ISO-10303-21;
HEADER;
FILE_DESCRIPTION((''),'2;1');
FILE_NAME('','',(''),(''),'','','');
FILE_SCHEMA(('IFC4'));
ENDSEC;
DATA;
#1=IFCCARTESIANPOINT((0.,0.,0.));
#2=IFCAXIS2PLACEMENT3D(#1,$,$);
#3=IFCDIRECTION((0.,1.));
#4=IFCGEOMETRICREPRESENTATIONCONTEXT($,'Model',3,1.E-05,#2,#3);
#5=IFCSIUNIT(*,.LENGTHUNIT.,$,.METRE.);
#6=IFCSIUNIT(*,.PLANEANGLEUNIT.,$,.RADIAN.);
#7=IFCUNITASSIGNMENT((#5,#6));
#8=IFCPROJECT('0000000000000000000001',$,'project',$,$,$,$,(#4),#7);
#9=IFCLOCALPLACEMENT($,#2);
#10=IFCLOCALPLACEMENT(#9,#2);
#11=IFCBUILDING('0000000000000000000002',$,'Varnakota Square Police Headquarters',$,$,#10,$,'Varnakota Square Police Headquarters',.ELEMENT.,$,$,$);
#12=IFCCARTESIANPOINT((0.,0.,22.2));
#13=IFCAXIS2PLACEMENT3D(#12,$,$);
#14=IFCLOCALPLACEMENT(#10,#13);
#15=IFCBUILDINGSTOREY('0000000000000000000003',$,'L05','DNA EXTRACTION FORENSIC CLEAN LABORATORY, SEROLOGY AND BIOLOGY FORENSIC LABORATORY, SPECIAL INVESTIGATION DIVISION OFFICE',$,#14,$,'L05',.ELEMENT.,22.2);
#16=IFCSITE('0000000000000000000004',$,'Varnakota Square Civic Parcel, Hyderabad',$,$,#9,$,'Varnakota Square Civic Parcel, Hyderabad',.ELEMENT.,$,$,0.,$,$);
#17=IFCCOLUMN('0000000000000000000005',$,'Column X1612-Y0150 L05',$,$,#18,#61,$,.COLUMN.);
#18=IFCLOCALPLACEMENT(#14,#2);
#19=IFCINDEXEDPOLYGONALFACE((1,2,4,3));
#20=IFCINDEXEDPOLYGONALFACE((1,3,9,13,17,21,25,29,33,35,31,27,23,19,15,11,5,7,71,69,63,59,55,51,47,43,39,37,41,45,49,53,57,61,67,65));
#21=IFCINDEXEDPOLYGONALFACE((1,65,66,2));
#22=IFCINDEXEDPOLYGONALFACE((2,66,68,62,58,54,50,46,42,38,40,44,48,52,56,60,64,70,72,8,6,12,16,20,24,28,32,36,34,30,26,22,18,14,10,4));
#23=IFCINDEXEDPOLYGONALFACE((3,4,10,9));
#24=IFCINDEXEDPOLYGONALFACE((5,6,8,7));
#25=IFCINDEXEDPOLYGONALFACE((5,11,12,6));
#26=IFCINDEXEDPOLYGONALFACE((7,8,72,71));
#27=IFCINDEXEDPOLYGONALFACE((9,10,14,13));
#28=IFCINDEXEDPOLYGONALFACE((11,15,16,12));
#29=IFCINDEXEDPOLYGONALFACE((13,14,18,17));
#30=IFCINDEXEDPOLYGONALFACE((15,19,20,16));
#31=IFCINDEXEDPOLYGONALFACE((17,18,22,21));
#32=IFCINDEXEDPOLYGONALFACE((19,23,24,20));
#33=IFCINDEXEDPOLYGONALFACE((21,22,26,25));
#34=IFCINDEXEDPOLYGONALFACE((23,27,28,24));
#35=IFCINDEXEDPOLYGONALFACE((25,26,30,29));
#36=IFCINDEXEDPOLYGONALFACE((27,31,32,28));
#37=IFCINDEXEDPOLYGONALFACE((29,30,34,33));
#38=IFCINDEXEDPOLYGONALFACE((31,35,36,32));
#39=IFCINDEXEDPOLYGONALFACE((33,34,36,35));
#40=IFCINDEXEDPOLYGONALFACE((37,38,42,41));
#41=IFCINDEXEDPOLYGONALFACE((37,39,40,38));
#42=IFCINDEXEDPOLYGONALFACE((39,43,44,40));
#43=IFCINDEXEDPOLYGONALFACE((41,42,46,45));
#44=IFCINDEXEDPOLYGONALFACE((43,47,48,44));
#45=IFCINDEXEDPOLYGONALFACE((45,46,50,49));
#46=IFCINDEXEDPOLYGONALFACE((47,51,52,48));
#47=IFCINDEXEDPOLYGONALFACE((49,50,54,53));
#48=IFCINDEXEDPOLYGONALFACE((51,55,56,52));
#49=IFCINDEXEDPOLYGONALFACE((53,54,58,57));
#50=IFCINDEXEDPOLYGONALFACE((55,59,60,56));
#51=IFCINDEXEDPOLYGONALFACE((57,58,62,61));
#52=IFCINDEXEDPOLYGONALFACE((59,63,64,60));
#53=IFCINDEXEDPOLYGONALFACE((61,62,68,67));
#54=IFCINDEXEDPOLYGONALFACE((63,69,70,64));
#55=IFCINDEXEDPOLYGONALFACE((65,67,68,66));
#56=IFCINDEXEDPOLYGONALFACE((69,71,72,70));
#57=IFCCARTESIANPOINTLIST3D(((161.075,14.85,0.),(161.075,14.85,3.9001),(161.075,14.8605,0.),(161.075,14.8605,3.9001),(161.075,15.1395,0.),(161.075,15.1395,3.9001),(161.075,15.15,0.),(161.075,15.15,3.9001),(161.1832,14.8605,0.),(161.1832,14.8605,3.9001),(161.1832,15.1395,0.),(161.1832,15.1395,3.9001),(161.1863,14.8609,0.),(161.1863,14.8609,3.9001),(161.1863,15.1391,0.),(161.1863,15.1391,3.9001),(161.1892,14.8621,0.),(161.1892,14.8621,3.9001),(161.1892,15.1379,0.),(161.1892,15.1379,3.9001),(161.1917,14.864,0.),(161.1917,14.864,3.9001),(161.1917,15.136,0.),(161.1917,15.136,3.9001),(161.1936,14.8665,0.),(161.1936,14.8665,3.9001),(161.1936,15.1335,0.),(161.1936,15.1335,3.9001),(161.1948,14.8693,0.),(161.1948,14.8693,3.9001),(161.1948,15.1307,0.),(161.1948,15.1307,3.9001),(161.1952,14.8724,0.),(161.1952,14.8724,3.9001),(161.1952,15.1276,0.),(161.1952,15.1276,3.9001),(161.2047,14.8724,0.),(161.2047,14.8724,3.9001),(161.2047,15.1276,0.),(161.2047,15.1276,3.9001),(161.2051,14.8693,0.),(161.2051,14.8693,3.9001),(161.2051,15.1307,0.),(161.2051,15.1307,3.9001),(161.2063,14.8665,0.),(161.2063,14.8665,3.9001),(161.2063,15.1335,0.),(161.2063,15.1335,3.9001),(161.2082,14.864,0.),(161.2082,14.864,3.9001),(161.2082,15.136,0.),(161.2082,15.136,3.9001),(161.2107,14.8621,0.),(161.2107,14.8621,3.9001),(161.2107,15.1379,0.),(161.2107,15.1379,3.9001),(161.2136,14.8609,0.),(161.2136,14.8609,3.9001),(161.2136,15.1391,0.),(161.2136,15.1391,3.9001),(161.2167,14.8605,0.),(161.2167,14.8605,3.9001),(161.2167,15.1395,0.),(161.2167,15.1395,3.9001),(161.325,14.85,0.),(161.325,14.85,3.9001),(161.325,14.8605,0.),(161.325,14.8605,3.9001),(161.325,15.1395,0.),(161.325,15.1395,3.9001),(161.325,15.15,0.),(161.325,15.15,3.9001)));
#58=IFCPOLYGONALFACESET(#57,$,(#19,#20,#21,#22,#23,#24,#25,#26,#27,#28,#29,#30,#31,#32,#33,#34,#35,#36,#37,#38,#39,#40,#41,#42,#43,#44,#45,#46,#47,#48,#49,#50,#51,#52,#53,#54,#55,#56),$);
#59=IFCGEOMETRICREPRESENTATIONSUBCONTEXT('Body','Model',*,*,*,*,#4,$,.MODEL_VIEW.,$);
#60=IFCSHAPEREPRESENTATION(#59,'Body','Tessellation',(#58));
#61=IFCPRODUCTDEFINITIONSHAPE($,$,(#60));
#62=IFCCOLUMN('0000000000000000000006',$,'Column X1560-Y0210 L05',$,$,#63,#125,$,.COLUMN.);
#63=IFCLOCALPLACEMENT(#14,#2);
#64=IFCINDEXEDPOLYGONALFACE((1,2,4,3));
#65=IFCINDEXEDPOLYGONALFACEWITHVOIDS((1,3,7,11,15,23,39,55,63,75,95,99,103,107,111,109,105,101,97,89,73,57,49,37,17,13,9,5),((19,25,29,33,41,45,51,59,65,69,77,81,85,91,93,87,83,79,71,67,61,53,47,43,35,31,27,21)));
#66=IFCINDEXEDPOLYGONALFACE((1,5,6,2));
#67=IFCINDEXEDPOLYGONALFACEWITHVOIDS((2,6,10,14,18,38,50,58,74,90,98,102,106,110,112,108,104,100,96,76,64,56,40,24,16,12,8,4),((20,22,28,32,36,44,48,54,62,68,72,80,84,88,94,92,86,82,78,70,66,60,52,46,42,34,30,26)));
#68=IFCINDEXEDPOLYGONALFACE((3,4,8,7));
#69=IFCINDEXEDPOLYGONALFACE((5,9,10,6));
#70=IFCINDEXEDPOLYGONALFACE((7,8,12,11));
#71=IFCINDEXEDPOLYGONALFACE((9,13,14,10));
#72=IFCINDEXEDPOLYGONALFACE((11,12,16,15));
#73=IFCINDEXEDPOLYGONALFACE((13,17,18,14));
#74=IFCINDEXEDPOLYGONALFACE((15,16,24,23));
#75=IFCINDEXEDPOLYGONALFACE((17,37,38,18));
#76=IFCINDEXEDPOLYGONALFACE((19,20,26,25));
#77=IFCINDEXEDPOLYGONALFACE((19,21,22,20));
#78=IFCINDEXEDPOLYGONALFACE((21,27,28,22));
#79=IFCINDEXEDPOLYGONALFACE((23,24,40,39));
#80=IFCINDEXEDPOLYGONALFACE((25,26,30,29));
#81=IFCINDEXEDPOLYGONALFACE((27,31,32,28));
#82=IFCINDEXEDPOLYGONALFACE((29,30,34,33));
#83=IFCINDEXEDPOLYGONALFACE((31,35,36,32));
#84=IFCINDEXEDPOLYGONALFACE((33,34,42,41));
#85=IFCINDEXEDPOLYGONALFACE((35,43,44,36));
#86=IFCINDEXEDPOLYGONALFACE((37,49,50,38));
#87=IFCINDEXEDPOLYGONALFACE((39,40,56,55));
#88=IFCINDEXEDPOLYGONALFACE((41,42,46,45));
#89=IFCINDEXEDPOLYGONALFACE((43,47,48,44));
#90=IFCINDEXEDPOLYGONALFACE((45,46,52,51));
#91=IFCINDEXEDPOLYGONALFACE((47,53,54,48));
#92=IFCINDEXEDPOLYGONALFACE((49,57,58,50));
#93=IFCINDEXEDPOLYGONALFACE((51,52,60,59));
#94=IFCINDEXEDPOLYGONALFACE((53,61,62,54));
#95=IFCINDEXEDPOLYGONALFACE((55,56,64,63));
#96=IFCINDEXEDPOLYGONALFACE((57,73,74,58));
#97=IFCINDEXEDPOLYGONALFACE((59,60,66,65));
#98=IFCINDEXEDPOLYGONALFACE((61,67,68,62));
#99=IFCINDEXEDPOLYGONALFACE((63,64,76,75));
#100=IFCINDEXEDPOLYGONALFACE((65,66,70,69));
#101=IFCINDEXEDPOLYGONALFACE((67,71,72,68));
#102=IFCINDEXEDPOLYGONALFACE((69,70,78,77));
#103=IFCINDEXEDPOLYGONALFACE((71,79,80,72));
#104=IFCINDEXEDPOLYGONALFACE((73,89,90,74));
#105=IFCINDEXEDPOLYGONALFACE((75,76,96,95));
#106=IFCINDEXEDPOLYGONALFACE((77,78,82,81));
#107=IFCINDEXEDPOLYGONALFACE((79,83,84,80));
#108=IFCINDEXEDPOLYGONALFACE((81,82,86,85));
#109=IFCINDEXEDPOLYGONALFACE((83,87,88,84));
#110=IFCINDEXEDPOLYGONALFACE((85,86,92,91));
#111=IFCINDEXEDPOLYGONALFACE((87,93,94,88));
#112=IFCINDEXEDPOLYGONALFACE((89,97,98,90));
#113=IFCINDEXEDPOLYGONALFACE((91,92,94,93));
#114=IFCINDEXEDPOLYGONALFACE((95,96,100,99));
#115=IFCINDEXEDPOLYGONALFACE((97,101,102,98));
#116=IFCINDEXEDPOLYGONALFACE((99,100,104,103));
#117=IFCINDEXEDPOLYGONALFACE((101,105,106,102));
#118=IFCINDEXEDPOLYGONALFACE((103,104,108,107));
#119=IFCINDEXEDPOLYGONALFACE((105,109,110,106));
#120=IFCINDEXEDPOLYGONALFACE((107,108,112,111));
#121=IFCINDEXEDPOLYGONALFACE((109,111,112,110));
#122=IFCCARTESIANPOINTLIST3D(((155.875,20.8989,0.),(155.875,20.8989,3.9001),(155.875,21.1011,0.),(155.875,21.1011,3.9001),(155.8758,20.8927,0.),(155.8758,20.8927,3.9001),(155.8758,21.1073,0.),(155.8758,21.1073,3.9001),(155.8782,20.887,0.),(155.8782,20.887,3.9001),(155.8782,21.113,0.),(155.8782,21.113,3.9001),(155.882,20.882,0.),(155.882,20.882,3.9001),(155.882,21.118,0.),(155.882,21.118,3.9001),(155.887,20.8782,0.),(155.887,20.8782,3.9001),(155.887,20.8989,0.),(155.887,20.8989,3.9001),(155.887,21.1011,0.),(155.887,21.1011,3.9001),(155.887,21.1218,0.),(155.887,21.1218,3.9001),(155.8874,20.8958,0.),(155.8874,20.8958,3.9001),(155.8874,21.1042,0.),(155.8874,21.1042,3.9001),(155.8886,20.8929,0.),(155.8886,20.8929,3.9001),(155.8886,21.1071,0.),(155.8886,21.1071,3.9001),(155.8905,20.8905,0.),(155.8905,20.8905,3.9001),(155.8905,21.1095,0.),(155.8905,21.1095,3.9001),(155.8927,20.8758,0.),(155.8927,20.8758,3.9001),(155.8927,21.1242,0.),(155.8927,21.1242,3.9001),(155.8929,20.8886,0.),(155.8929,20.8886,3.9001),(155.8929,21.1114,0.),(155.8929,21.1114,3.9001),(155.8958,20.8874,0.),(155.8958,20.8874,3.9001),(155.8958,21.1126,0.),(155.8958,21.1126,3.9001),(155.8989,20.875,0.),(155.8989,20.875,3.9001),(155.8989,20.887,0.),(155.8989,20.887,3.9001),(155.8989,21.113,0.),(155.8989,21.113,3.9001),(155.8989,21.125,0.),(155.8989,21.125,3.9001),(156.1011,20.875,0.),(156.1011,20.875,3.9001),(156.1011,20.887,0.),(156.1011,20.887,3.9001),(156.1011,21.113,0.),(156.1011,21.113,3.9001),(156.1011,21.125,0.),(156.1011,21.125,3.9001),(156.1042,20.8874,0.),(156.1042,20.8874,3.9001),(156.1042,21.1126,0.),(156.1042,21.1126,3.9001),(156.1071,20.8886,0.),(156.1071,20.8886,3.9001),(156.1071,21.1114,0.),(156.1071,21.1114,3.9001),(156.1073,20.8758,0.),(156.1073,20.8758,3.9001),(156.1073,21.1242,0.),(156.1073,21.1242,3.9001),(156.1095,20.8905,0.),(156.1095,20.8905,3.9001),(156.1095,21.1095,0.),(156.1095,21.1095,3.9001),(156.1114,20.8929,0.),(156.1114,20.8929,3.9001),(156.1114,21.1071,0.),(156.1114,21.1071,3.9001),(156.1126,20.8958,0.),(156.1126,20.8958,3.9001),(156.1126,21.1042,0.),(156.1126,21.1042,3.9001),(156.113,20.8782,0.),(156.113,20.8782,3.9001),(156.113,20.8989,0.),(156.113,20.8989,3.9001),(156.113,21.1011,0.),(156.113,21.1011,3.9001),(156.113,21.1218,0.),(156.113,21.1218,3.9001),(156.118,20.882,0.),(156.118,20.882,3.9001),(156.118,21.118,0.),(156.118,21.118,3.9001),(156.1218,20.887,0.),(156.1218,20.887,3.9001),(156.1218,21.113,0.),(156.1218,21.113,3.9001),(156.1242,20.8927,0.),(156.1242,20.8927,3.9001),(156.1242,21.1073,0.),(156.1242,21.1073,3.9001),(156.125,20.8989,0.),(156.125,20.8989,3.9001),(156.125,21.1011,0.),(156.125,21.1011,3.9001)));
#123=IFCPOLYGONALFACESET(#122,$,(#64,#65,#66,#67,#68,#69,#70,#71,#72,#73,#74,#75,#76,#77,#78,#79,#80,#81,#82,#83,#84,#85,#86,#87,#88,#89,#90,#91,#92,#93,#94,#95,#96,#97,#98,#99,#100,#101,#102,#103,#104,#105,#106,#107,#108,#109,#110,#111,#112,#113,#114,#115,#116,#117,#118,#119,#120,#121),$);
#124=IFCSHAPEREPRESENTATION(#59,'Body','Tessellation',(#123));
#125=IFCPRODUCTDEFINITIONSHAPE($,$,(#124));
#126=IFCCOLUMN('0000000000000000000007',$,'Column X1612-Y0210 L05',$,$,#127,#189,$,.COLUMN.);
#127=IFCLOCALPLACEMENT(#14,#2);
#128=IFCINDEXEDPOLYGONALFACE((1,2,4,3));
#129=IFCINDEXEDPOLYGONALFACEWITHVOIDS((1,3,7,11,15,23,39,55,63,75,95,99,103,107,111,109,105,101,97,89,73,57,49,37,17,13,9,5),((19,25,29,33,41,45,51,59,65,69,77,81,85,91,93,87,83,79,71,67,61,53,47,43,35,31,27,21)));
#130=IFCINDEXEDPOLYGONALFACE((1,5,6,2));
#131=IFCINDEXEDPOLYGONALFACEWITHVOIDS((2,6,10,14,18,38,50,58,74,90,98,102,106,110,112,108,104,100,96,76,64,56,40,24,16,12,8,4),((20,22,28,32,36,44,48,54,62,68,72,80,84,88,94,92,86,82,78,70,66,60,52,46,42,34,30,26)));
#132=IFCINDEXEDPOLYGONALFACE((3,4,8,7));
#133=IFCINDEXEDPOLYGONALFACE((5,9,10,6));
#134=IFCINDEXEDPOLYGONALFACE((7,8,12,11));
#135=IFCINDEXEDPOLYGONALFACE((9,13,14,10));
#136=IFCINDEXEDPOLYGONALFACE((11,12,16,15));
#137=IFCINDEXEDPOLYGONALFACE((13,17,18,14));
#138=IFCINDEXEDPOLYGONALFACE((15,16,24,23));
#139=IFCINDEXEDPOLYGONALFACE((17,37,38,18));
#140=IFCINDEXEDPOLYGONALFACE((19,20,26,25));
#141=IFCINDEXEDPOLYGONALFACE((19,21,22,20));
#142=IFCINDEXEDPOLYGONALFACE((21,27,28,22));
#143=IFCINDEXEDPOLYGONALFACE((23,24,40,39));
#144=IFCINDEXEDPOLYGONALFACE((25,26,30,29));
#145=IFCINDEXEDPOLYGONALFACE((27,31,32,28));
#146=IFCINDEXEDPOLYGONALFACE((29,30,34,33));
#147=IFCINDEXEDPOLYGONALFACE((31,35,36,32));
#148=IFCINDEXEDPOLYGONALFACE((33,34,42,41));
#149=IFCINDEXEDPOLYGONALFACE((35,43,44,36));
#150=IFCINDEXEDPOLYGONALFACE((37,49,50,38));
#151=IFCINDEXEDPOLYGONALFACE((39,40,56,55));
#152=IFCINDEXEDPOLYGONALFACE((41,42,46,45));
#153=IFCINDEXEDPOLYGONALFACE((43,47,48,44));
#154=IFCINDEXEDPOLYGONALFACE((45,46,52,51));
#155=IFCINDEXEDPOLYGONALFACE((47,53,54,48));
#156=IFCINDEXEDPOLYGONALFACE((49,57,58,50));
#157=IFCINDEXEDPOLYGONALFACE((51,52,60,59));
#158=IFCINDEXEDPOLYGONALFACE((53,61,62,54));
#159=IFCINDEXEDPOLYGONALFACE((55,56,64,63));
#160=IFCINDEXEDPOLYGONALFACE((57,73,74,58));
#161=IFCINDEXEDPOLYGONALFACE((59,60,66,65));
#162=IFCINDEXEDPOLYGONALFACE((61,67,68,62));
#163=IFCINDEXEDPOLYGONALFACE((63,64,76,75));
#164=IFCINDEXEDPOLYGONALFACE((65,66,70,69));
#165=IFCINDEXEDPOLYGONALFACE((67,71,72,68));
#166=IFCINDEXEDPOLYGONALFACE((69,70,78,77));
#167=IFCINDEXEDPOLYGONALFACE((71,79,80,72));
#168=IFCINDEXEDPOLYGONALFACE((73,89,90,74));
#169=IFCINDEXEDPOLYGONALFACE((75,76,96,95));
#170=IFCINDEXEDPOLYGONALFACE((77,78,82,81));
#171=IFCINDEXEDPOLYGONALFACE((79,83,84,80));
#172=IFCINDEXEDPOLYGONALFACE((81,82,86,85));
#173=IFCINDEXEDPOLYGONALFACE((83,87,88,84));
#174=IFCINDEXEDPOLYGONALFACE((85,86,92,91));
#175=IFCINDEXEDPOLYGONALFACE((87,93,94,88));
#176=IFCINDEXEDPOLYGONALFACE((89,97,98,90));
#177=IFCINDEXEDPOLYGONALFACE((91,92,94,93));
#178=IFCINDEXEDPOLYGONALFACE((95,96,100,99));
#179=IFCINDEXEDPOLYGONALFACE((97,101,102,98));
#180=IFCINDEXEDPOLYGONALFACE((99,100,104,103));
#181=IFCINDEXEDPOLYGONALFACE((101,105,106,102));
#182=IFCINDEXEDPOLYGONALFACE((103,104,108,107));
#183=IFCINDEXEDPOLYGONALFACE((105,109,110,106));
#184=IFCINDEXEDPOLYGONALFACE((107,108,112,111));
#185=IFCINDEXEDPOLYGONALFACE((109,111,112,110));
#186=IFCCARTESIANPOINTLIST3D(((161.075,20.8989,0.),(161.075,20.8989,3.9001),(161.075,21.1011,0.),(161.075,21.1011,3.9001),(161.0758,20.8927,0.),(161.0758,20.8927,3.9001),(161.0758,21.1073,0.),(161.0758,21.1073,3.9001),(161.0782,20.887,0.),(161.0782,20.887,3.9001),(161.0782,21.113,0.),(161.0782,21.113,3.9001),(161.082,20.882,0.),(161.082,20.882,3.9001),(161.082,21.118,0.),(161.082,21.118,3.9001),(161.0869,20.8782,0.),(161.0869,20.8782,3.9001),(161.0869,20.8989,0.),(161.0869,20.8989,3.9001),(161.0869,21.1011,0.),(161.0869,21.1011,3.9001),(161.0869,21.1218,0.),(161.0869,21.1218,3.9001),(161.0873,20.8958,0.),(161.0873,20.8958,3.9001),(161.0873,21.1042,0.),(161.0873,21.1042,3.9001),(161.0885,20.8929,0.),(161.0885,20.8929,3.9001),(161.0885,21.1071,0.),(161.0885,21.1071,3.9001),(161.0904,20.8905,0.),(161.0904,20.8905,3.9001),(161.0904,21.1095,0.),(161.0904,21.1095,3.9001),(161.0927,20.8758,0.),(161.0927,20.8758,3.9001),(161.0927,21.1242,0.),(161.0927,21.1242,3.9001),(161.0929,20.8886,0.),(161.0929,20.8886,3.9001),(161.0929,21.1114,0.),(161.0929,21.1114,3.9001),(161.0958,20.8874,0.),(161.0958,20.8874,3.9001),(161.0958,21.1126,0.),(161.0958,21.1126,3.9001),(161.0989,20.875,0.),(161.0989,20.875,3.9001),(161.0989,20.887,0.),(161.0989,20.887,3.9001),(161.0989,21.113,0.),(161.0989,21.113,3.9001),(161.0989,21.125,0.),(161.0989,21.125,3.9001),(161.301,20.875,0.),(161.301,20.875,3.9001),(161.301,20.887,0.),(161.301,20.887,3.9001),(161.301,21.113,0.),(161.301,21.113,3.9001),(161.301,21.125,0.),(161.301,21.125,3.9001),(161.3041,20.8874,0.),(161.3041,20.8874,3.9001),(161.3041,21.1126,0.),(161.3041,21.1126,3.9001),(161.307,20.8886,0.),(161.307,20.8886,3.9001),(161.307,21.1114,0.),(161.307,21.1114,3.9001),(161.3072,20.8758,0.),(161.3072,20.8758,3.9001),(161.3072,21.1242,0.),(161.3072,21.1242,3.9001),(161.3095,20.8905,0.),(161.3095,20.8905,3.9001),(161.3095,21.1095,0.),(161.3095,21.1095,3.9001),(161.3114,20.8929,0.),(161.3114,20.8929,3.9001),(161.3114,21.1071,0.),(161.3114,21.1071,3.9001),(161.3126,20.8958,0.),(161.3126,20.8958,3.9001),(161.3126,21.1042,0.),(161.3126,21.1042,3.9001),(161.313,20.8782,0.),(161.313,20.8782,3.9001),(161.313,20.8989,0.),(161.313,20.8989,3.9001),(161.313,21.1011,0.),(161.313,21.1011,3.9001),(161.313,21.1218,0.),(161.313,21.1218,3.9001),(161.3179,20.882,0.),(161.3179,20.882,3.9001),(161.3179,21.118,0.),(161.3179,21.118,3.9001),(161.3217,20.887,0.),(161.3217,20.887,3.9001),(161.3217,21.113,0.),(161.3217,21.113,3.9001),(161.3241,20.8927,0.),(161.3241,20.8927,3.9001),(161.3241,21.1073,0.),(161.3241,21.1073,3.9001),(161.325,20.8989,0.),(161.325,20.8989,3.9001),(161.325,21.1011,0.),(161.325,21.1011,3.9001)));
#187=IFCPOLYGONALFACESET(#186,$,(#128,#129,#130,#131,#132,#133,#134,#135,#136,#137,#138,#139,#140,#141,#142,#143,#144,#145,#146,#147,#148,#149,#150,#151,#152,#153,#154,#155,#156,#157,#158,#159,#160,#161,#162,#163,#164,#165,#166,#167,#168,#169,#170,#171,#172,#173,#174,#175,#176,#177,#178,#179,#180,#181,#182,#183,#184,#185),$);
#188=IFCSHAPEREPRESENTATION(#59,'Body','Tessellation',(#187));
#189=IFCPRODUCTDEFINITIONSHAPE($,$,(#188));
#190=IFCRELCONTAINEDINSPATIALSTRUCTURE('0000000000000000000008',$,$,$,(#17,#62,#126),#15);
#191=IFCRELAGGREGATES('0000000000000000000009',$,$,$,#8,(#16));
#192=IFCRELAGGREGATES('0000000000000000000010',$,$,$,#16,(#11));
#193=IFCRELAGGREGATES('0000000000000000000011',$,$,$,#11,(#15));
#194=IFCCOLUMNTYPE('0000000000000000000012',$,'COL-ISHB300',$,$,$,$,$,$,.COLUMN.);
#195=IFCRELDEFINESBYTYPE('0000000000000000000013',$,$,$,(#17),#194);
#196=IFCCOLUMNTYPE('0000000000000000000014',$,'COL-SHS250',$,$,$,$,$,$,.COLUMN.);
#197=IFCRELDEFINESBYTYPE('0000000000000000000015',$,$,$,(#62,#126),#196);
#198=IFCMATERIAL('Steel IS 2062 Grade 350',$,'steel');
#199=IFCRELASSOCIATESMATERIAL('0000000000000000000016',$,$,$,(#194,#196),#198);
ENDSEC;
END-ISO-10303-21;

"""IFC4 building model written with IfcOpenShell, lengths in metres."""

from ifc_helpers import new_model, si_unit, direction, frame, origin, origin_2d, place, context, subcontext, project, spatial, hollow_rectangle, i_section, extrude, material, material_profile, profile_set, type_object, element, save


model = new_model("IFC4")

# Units and contexts
model_context = context("Model", 3, precision=1e-05, world=origin(), true_north=direction((0.0, 1.0)))
body_context = subcontext(model_context, "Body", "Model", "MODEL_VIEW")
ifc_project = project(units=[si_unit("LENGTHUNIT", "METRE"), si_unit("PLANEANGLEUNIT", "RADIAN")], contexts=[model_context])

# Site, building, storey
site_placement = place(None, origin())
site = spatial("IfcSite", under=ifc_project, at=site_placement, Name="Varnakota Square Civic Parcel, Hyderabad", LongName="Varnakota Square Civic Parcel, Hyderabad", CompositionType="ELEMENT", RefElevation=0.0)
building_placement = place(site_placement, origin())
building = spatial("IfcBuilding", under=site, at=building_placement, Name="Varnakota Square Police Headquarters", LongName="Varnakota Square Police Headquarters", CompositionType="ELEMENT")
storey_placement = place(building_placement, frame((0.0, 0.0, 22.2)))
storey = spatial("IfcBuildingStorey", under=building, at=storey_placement, Name="L05", Description="DNA EXTRACTION FORENSIC CLEAN LABORATORY, SEROLOGY AND BIOLOGY FORENSIC LABORATORY, SPECIAL INVESTIGATION DIVISION OFFICE", LongName="L05", CompositionType="ELEMENT", Elevation=22.2)

# Columns
ifc_material_1 = material(Name="Steel IS 2062 Grade 350", Category="steel")
ifc_material_profile_1 = material_profile(ifc_material_1, i_section(OverallWidth=0.25, OverallDepth=0.3, WebThickness=0.0095, FlangeThickness=0.0105, FilletRadius=0.012, at=origin_2d()), Name="ISHB 300")
ifc_profile_set_1 = profile_set([ifc_material_profile_1], Name="Steel IS 2062 Grade 350")
column_type_1 = type_object("IfcColumnType", Name="COL-ISHB300", PredefinedType="COLUMN", material=ifc_profile_set_1)
column_placement = place(storey_placement, frame((161.2, 15.0, 0.0), z_axis=(0.0, 0.0, 1.0), x_axis=(1.0, 0.0, 0.0)))
element("IfcColumn", 1, at=column_placement, inside=storey, type_object=column_type_1, Name="Column X1612-Y0150 L05", PredefinedType="COLUMN", context=body_context, shape_type="SweptSolid", body=[
    extrude(i_section(OverallWidth=0.25, OverallDepth=0.3, WebThickness=0.0095, FlangeThickness=0.0105, FilletRadius=0.012, at=origin_2d()), origin(), (0.0, 0.0, 1.0), 3.9001),
])
ifc_material_profile_2 = material_profile(ifc_material_1, hollow_rectangle(XDim=0.25, YDim=0.25, WallThickness=0.012, InnerFilletRadius=0.012, OuterFilletRadius=0.0239, at=origin_2d()), Name="SHS 250x250x12")
ifc_profile_set_2 = profile_set([ifc_material_profile_2], Name="Steel IS 2062 Grade 350")
column_type_2 = type_object("IfcColumnType", Name="COL-SHS250", PredefinedType="COLUMN", material=ifc_profile_set_2)
for number, where, z_axis, x_axis, name in (
    (2, (156.0, 21.0, 0.0), (0.0, 0.0, 1.0), (1.0, 0.0, 0.0), "Column X1560-Y0210 L05"),
    (3, (161.2, 21.0, 0.0), (0.0, 0.0, 1.0), (1.0, 0.0, 0.0), "Column X1612-Y0210 L05"),
):
    element("IfcColumn", number, at=place(storey_placement, frame(where, z_axis=z_axis, x_axis=x_axis)), inside=storey, type_object=column_type_2, Name=name, PredefinedType="COLUMN", context=body_context, shape_type="SweptSolid", body=[
        extrude(hollow_rectangle(XDim=0.25, YDim=0.25, WallThickness=0.012, InnerFilletRadius=0.012, OuterFilletRadius=0.0239, at=origin_2d()), origin(), (0.0, 0.0, 1.0), 3.9001),
    ])

save(model, "model.ifc")
